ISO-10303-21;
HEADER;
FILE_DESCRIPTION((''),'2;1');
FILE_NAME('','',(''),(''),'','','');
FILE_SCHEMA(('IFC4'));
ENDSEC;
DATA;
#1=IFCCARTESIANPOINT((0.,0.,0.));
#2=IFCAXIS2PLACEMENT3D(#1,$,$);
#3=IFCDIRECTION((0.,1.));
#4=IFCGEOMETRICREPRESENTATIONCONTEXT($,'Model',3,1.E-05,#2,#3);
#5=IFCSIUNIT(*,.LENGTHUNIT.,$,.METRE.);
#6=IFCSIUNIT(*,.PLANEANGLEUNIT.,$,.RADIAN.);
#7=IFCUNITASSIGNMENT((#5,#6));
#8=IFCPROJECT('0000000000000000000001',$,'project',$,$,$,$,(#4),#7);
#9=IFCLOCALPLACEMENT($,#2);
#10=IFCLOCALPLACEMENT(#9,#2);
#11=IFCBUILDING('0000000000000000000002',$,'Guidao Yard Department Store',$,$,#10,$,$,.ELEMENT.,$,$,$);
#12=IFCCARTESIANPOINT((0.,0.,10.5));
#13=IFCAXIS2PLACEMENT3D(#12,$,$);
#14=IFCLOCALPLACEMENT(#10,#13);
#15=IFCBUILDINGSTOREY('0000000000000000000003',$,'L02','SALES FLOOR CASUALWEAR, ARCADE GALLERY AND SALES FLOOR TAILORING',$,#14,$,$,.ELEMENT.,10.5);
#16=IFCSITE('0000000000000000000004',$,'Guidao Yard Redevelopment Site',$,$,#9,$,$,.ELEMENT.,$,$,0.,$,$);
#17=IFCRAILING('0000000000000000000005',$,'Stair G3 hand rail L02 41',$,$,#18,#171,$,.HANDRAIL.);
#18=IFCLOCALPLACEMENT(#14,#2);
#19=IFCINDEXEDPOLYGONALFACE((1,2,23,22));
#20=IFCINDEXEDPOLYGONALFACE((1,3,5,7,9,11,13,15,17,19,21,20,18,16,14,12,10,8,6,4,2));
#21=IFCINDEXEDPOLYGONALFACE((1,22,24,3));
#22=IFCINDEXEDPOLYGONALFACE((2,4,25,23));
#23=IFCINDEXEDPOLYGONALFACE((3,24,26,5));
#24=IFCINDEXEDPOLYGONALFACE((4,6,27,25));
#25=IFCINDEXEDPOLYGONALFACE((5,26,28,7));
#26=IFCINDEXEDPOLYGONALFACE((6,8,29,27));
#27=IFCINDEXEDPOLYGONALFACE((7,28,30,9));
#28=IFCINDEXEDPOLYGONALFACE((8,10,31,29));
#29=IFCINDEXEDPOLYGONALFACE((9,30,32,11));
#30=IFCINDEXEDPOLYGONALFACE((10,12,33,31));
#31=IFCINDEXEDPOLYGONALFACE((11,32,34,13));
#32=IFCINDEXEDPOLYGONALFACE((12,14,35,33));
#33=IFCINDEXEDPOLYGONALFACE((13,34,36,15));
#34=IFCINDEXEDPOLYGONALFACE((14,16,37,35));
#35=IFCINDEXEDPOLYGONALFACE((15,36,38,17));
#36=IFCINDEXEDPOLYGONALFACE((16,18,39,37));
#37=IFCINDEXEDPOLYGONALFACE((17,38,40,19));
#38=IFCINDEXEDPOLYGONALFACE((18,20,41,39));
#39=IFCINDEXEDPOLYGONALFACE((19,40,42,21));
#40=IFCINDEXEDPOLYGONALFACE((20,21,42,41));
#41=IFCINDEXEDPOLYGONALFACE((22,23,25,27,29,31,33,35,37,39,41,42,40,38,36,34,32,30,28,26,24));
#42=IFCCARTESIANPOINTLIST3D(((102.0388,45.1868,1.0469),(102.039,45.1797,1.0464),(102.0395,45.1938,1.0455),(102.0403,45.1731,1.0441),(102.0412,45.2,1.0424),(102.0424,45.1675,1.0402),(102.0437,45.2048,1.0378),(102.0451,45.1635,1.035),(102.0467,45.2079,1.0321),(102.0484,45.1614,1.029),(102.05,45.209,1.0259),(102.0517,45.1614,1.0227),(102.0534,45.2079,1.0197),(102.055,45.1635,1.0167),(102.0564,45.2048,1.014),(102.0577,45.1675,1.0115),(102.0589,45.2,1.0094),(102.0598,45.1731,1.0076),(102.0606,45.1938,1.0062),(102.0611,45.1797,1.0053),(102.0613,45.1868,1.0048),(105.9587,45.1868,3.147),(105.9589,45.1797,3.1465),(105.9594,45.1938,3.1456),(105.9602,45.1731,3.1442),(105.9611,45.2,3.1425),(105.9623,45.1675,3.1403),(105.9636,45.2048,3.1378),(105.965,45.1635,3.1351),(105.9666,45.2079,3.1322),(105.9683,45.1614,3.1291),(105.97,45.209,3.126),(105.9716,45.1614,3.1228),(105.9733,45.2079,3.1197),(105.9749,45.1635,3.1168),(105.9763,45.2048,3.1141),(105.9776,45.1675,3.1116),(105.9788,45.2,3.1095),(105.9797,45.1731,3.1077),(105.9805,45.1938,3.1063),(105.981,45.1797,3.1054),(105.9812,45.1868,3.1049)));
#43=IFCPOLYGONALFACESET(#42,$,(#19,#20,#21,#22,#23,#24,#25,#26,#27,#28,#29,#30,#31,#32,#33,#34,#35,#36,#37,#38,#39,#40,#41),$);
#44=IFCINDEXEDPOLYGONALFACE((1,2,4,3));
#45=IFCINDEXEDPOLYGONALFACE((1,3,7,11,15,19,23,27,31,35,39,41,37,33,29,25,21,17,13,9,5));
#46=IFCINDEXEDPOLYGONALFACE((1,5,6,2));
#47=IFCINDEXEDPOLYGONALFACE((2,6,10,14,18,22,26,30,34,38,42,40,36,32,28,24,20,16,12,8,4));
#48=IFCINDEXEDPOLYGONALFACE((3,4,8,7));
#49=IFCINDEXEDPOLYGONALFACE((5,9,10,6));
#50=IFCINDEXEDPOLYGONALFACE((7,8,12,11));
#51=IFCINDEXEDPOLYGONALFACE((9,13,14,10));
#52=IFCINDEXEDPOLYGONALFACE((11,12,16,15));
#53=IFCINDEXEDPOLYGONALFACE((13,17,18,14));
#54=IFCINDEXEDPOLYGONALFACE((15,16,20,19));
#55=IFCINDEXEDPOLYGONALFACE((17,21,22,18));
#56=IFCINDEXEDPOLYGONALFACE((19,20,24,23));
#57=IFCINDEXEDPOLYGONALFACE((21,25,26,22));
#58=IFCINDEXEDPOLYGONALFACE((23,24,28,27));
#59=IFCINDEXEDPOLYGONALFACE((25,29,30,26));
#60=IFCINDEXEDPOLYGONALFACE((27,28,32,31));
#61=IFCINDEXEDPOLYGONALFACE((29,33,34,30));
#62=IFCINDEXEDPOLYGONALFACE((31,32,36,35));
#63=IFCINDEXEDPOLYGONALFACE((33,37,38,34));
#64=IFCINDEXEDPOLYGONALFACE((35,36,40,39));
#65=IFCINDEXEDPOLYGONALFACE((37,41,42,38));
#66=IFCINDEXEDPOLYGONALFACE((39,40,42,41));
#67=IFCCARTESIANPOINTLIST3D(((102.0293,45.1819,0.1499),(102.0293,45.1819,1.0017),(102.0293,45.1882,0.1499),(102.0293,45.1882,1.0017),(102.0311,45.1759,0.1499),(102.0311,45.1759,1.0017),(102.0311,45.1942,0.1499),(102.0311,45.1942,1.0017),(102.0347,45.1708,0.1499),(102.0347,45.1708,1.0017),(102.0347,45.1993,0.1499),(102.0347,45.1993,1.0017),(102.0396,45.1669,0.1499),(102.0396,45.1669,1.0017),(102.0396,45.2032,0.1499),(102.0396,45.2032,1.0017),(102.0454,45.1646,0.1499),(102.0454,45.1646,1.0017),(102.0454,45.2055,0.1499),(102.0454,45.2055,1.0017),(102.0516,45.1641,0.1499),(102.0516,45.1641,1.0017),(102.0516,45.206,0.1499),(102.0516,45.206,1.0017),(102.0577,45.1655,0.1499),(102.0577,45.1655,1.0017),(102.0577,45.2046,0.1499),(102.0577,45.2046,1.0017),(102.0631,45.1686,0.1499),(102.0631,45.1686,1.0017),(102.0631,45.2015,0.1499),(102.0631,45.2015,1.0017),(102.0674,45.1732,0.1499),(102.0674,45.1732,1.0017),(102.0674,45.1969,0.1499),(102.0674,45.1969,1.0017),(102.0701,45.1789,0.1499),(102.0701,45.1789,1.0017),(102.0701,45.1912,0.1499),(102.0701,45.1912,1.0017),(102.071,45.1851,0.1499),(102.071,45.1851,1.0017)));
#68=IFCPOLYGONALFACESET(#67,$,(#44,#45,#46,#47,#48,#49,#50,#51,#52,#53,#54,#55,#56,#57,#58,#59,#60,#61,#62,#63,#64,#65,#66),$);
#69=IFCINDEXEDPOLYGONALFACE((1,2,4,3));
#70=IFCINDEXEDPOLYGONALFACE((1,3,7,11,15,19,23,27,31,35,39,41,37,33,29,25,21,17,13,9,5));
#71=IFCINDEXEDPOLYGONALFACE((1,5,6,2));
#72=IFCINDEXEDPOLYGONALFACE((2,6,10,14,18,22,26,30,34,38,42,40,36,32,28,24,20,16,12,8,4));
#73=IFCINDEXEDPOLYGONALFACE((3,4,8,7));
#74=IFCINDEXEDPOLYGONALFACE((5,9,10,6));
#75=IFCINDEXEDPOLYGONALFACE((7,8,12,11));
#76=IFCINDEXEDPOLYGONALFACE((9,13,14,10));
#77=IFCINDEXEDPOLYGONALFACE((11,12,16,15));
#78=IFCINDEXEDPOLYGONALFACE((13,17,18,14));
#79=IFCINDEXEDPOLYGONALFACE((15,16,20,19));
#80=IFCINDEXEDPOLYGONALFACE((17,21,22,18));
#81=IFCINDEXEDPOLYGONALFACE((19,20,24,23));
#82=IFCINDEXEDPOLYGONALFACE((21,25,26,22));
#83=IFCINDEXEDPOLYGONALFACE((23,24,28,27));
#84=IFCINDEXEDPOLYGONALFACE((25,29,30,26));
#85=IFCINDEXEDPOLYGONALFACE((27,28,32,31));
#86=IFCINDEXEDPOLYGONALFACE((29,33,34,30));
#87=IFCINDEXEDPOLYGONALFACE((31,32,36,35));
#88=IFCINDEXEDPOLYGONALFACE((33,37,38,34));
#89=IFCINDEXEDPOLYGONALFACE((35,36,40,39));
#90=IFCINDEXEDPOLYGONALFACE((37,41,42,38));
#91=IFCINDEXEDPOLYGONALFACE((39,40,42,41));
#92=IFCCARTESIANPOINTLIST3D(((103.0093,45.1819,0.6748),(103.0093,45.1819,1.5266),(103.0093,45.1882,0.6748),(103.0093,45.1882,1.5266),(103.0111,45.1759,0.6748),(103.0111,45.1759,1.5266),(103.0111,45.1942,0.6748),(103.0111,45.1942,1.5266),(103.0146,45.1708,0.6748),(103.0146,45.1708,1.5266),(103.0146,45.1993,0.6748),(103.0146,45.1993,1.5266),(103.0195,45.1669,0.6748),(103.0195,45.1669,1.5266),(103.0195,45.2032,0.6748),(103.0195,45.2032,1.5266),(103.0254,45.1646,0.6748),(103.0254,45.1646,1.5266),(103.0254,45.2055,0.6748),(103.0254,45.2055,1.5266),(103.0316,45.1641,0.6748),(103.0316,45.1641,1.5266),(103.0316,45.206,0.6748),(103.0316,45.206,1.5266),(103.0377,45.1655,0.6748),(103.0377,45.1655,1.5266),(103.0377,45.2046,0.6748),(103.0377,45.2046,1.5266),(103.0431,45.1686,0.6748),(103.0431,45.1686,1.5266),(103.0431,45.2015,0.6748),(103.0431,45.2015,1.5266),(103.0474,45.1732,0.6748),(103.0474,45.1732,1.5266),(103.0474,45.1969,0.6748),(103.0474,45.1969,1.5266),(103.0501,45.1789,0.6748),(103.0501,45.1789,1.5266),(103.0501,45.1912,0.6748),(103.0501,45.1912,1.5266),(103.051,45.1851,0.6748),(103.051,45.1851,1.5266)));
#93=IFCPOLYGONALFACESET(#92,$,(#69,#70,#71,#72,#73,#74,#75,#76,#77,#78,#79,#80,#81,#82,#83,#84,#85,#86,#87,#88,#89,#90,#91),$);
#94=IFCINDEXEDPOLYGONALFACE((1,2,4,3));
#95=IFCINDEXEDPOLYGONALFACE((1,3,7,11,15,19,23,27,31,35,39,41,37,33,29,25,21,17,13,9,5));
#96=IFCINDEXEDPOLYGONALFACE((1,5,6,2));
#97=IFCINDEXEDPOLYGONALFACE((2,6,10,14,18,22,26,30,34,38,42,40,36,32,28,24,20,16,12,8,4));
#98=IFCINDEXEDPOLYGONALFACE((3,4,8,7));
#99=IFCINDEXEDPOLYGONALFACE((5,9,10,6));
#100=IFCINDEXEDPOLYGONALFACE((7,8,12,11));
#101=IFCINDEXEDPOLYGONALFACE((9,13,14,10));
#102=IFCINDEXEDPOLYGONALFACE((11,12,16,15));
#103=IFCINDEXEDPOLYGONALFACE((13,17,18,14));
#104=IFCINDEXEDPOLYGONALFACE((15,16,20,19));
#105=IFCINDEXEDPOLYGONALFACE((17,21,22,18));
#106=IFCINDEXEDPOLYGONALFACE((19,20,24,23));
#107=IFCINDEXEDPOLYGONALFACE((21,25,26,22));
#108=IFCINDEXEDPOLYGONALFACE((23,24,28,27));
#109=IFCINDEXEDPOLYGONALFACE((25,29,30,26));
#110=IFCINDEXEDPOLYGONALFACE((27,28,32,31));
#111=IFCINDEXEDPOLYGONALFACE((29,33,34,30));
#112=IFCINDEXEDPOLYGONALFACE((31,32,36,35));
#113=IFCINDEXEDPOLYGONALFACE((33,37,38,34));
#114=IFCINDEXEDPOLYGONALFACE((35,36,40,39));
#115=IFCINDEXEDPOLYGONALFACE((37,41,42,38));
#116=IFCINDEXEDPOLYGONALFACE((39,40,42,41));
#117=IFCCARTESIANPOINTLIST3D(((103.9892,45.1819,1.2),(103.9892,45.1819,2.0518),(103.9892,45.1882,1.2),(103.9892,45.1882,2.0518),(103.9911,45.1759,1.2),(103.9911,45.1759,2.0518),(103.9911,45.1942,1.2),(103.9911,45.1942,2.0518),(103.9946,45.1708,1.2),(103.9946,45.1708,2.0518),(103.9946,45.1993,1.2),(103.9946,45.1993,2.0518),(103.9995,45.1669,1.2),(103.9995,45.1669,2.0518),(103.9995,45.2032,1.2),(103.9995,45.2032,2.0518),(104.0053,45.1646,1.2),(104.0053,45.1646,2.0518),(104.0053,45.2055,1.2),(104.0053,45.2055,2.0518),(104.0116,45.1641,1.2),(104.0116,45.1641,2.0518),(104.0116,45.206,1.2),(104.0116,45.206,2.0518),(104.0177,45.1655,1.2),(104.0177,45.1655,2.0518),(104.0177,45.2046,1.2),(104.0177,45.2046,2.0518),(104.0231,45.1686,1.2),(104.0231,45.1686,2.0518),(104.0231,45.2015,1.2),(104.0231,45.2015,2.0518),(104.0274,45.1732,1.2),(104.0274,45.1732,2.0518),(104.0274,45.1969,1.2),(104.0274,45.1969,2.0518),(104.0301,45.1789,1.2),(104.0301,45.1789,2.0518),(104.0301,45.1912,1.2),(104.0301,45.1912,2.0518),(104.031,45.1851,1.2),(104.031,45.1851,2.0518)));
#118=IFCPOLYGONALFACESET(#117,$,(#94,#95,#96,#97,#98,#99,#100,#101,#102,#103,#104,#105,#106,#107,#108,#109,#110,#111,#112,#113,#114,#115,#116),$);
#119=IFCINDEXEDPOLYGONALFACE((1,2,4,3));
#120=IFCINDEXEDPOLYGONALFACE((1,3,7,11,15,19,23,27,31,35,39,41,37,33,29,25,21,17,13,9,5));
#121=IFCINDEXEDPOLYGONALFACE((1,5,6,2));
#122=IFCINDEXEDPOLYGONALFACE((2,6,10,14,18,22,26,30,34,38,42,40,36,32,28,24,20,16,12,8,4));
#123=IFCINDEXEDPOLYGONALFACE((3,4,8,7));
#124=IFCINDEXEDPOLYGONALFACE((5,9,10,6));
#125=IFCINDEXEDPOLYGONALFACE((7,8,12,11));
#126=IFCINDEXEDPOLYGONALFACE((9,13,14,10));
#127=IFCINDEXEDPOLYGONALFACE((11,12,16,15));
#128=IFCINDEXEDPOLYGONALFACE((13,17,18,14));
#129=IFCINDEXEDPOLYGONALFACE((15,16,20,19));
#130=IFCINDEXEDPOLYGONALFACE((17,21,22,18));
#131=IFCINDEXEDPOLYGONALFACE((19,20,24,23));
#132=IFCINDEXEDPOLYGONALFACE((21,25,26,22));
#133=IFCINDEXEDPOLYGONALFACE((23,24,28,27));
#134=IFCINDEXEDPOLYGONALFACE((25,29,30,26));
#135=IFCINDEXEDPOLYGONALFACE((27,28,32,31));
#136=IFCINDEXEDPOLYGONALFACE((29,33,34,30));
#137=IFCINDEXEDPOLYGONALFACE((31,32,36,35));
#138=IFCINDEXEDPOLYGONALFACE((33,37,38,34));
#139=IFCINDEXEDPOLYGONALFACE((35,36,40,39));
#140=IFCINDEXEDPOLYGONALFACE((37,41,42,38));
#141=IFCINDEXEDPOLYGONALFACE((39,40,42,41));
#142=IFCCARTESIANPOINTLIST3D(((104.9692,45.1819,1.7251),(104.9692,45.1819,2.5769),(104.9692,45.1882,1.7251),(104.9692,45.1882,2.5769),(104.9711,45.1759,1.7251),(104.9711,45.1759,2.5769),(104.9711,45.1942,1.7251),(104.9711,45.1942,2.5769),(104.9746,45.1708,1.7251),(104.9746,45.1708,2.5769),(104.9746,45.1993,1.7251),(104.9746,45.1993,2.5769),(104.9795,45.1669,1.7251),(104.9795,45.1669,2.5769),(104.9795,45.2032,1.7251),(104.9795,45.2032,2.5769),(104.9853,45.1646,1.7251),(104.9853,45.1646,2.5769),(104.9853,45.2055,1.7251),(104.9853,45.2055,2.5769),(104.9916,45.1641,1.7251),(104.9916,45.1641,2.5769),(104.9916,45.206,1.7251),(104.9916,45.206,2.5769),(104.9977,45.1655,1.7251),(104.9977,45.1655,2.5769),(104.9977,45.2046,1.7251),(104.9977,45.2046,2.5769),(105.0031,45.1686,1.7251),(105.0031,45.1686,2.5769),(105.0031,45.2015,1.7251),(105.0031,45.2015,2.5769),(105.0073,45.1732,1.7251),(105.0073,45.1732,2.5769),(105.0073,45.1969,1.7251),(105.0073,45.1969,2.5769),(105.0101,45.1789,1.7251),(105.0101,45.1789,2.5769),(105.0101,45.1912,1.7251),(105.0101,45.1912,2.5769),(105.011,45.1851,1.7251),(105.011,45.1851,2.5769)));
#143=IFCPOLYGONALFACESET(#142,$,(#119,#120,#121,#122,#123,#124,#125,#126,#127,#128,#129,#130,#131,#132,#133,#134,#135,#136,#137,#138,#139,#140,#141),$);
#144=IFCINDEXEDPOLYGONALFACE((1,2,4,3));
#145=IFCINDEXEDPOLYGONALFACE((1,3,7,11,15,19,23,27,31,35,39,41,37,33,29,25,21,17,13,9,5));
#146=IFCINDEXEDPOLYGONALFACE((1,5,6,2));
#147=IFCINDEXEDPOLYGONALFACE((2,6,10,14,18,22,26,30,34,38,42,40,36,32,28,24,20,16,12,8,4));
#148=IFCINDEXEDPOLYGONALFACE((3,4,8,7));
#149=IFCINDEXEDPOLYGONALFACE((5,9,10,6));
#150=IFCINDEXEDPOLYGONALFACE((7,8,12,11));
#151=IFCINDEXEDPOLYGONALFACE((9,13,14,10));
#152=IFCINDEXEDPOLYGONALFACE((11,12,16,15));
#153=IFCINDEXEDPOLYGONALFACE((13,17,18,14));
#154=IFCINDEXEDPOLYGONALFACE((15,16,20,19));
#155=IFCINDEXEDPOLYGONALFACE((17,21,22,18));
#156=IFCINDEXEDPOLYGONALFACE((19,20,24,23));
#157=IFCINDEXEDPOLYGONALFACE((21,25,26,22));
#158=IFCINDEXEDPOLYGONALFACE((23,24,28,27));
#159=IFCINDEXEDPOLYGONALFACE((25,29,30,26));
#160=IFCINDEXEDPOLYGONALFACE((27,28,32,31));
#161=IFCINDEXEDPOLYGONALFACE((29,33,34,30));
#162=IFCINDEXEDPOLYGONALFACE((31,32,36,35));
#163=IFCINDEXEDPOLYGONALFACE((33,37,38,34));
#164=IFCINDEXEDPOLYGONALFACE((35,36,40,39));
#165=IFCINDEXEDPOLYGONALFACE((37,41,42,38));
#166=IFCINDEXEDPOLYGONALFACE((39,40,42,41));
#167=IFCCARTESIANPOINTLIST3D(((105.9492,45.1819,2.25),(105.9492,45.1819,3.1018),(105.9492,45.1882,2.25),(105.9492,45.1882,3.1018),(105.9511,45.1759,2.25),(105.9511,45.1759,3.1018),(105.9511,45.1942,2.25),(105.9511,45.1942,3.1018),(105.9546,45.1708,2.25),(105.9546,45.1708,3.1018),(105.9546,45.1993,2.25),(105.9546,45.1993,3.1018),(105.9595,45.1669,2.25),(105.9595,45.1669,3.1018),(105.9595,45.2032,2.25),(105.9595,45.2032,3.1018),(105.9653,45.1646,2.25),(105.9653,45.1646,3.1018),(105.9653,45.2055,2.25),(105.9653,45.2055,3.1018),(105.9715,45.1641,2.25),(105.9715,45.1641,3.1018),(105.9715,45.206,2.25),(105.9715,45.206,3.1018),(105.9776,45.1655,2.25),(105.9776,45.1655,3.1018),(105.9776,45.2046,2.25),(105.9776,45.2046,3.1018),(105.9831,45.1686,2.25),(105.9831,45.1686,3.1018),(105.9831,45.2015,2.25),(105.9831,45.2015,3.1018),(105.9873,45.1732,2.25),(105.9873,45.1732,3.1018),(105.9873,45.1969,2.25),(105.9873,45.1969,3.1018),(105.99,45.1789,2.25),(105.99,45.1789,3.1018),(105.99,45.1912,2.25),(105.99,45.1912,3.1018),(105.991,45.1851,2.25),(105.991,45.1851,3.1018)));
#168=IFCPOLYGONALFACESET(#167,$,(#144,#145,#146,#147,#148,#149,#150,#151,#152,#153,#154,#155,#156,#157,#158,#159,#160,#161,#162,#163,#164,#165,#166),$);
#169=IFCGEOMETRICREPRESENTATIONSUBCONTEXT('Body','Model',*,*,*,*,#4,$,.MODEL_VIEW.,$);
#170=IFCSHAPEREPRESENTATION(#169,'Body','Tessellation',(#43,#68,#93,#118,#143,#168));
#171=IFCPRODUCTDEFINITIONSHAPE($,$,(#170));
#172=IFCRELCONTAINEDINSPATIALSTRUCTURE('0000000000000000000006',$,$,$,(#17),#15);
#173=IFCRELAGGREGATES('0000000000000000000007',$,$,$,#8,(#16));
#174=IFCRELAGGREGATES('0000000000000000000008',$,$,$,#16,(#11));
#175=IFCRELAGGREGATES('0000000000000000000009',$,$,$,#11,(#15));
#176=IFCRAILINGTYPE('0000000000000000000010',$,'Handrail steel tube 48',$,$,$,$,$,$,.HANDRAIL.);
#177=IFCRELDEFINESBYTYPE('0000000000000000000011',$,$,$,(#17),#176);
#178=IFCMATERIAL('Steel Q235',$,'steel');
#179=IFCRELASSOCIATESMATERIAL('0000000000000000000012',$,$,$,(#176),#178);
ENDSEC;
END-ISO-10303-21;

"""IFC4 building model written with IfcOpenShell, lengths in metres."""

from ifc_helpers import new_model, si_unit, direction, frame, origin, origin_2d, place, context, subcontext, project, spatial, circle, extrude, material, type_object, element, save


model = new_model("IFC4")

# Units and contexts
model_context = context("Model", 3, precision=1e-05, world=origin(), true_north=direction((0.0, 1.0)))
body_context = subcontext(model_context, "Body", "Model", "MODEL_VIEW")
ifc_project = project(units=[si_unit("LENGTHUNIT", "METRE"), si_unit("PLANEANGLEUNIT", "RADIAN")], contexts=[model_context])

# Site, building, storey
site_placement = place(None, origin())
site = spatial("IfcSite", under=ifc_project, at=site_placement, Name="Guidao Yard Redevelopment Site", CompositionType="ELEMENT", RefElevation=0.0)
building_placement = place(site_placement, origin())
building = spatial("IfcBuilding", under=site, at=building_placement, Name="Guidao Yard Department Store", CompositionType="ELEMENT")
storey_placement = place(building_placement, frame((0.0, 0.0, 10.5)))
storey = spatial("IfcBuildingStorey", under=building, at=storey_placement, Name="L02", Description="SALES FLOOR CASUALWEAR, ARCADE GALLERY AND SALES FLOOR TAILORING", CompositionType="ELEMENT", Elevation=10.5)

# Railing
ifc_material_1 = material(Name="Steel Q235", Category="steel")
railing_type_1 = type_object("IfcRailingType", Name="Handrail steel tube 48", PredefinedType="HANDRAIL", material=ifc_material_1)
for number, where, name in (
    (1, (102.05, 45.1851, 0.1499), "Stair G3 hand rail L02 41"),
):
    element("IfcRailing", number, at=place(storey_placement, frame(where)), inside=storey, type_object=railing_type_1, Name=name, PredefinedType="HANDRAIL", context=body_context, shape_type="SweptSolid", body=[
        extrude(circle(Radius=0.0239, at=origin_2d()), frame((0.0, 0.0, 0.876), z_axis=(0.881467, 0.0, 0.472246), x_axis=(0.0, 1.0, 0.0)), (0.0, 0.0, 1.0), 4.447),
        extrude(circle(Radius=0.021, at=origin_2d()), origin(), (0.0, 0.0, 1.0), 0.8518),
        extrude(circle(Radius=0.021, at=origin_2d()), frame((0.98, 0.0, 0.5249)), (0.0, 0.0, 1.0), 0.8518),
        extrude(circle(Radius=0.021, at=origin_2d()), frame((1.96, 0.0, 1.05)), (0.0, 0.0, 1.0), 0.8518),
        extrude(circle(Radius=0.021, at=origin_2d()), frame((2.9399, 0.0, 1.5752)), (0.0, 0.0, 1.0), 0.8518),
        extrude(circle(Radius=0.021, at=origin_2d()), frame((3.9199, 0.0, 2.1001)), (0.0, 0.0, 1.0), 0.8518),
    ])

save(model, "model.ifc")
